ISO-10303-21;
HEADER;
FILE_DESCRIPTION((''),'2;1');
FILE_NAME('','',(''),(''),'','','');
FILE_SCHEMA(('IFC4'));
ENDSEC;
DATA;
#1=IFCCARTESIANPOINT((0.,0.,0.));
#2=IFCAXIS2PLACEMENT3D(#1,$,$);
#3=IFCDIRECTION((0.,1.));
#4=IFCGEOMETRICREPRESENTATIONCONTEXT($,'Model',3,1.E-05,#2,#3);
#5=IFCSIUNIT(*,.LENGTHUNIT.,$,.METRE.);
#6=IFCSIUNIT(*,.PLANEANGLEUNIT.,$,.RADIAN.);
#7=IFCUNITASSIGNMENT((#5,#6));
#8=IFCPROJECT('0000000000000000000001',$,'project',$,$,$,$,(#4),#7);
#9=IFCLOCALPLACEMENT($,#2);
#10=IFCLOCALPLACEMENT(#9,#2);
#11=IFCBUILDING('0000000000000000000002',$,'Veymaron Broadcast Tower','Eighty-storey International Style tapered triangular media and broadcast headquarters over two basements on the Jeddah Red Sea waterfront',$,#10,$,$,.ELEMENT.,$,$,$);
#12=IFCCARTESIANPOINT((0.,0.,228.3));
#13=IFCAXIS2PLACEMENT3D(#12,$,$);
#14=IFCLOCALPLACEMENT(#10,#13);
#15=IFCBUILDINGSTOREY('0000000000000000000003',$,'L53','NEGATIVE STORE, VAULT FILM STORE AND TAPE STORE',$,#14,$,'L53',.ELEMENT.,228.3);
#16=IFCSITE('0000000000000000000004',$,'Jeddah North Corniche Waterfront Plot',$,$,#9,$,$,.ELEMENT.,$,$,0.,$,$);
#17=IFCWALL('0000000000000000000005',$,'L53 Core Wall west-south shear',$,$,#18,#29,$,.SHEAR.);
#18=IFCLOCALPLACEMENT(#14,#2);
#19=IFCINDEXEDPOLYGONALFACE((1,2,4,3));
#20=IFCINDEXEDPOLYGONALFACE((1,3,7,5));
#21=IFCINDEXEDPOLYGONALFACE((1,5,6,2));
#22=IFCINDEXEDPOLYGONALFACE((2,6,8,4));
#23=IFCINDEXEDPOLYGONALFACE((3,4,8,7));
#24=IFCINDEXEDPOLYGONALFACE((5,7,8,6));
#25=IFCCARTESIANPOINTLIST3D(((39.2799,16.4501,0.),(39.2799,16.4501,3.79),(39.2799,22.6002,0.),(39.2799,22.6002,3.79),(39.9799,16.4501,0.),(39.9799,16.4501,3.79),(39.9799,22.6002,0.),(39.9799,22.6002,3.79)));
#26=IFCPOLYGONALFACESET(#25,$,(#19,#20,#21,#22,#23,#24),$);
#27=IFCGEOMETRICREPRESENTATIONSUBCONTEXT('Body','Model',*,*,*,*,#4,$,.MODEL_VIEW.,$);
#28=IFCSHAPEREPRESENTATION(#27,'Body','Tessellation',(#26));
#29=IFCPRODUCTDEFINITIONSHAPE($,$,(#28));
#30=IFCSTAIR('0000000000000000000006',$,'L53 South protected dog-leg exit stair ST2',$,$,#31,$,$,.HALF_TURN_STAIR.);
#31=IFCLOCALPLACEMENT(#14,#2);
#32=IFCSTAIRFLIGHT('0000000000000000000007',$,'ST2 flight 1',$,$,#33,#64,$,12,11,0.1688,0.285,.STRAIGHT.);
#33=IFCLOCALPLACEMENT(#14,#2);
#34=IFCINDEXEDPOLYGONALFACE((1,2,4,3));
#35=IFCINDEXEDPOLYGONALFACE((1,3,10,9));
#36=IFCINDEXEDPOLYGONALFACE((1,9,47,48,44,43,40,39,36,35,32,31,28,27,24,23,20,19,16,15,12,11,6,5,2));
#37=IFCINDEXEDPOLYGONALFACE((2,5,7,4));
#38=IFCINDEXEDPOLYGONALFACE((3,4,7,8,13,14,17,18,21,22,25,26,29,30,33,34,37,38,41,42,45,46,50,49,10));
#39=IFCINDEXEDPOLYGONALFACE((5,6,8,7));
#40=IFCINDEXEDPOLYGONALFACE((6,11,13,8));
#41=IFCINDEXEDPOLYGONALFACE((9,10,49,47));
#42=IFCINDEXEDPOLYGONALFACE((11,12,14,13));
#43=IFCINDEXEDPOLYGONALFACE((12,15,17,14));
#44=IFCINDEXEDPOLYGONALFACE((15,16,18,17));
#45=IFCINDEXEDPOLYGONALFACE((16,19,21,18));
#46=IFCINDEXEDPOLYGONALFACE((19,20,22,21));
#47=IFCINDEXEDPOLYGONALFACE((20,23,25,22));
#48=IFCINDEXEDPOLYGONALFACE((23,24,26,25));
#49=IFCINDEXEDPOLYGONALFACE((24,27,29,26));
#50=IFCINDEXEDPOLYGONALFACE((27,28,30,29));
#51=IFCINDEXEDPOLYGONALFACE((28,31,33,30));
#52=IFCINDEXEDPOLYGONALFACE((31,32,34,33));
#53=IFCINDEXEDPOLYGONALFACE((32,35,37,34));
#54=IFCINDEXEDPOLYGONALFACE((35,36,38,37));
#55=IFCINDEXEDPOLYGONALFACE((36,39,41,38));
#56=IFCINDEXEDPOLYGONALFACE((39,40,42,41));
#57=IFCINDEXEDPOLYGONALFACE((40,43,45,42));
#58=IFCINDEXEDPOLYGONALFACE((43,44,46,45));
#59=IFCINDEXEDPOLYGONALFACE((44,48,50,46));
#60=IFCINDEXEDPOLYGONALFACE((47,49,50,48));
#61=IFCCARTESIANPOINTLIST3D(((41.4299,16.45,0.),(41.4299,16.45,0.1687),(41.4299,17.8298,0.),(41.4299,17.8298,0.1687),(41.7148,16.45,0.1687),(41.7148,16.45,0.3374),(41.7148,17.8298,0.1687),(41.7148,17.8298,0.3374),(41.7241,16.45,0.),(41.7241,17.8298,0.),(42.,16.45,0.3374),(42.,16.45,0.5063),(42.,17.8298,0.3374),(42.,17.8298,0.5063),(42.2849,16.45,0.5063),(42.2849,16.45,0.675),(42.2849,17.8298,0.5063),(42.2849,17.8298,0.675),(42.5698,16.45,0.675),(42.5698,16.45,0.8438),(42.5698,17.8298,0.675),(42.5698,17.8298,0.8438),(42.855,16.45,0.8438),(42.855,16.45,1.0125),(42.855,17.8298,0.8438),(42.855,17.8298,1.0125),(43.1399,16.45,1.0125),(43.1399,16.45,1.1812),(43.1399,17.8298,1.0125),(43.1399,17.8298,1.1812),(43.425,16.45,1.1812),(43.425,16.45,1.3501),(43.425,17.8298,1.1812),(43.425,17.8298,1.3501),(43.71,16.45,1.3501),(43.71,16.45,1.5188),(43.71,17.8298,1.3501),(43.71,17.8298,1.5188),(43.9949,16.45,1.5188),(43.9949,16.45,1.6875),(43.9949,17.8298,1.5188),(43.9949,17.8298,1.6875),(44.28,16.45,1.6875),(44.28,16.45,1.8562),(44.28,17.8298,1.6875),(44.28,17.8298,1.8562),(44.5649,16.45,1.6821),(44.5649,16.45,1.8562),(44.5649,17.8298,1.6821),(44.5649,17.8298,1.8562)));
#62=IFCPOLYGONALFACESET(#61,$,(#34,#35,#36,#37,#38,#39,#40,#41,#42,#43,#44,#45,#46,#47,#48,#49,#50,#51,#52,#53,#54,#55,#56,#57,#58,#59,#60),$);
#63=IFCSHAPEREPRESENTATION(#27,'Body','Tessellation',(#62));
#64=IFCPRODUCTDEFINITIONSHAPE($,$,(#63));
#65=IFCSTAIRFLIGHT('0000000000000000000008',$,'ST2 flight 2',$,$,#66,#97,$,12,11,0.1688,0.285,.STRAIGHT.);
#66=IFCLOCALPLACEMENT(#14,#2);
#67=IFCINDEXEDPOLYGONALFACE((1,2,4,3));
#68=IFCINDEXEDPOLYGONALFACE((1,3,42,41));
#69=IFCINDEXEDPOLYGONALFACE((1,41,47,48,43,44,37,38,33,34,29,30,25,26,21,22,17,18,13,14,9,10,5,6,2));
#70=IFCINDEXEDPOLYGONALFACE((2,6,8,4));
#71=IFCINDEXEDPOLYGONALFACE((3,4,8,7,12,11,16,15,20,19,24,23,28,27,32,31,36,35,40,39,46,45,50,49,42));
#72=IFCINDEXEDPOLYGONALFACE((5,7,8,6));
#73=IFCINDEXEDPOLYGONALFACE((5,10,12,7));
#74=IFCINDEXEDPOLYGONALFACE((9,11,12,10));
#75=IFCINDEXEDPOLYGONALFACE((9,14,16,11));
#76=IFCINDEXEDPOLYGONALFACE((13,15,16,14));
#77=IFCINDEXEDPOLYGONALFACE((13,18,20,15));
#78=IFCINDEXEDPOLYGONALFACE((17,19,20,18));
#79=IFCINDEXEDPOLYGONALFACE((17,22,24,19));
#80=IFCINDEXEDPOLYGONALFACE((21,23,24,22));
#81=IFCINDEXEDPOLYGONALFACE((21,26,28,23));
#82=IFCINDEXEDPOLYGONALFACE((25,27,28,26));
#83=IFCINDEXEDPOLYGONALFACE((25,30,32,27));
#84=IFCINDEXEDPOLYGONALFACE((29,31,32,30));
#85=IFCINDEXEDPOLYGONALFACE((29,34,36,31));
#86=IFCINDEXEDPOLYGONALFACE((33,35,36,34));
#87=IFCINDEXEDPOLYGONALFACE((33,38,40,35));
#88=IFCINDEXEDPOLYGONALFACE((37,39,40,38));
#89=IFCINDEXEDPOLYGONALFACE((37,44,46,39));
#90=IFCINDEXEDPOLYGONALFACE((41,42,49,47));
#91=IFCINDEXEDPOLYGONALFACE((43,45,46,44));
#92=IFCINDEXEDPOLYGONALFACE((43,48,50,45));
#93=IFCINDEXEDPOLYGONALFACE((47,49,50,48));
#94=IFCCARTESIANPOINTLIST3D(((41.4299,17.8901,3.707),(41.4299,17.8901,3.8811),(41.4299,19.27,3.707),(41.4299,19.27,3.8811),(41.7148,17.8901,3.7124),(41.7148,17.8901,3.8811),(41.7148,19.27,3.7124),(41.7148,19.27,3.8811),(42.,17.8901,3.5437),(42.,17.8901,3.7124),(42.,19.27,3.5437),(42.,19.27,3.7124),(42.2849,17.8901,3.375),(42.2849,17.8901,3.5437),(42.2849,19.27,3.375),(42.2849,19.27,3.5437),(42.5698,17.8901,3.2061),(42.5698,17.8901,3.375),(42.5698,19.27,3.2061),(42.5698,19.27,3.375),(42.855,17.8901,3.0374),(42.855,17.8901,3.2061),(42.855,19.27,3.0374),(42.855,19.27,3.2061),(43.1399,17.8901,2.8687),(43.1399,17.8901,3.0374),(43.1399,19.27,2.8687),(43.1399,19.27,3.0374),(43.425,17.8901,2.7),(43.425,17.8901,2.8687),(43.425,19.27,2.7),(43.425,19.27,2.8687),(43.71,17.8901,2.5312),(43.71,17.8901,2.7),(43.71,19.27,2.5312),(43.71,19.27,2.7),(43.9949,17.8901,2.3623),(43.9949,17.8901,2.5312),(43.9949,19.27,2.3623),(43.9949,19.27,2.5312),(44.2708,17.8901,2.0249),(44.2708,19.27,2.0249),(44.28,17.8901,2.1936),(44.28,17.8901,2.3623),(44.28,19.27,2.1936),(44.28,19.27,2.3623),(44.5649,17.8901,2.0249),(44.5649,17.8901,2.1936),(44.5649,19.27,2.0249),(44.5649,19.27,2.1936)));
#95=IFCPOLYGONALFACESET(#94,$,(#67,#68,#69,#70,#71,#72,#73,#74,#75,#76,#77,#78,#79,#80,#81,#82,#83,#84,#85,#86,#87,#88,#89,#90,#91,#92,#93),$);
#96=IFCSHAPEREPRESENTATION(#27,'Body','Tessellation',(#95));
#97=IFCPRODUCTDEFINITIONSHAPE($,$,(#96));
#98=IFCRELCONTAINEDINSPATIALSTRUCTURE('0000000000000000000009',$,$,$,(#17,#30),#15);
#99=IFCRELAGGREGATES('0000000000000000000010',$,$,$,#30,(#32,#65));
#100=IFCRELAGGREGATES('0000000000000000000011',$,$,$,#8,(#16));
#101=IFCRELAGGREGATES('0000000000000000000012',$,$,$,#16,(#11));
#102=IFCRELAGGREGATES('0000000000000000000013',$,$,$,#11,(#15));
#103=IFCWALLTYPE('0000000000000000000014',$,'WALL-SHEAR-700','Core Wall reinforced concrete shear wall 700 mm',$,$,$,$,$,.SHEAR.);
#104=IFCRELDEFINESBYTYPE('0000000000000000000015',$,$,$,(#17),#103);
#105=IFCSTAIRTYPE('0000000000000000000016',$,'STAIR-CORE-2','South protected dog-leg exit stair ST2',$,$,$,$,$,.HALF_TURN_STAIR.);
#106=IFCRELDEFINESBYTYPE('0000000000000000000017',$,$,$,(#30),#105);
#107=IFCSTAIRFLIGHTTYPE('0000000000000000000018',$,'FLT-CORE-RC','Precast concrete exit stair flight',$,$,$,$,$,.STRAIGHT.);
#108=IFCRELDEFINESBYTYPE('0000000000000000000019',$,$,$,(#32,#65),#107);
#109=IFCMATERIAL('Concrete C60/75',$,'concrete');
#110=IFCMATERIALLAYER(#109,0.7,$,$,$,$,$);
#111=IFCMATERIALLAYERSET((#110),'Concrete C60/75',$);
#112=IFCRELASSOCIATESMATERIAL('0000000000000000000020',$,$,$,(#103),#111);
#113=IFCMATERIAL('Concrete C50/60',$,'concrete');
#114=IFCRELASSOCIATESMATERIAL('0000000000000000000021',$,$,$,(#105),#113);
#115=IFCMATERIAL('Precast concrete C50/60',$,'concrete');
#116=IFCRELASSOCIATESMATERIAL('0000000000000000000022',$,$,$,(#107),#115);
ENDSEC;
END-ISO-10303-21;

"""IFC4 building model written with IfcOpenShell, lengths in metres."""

from ifc_helpers import new_model, si_unit, direction, frame, frame_2d, origin, place, context, subcontext, project, spatial, polyline, rectangle, outline, extrude, material, layer, layer_set, type_object, element, aggregate, save


model = new_model("IFC4")

# Units and contexts
model_context = context("Model", 3, precision=1e-05, world=origin(), true_north=direction((0.0, 1.0)))
body_context = subcontext(model_context, "Body", "Model", "MODEL_VIEW")
ifc_project = project(units=[si_unit("LENGTHUNIT", "METRE"), si_unit("PLANEANGLEUNIT", "RADIAN")], contexts=[model_context])

# Site, building, storey
site_placement = place(None, origin())
site = spatial("IfcSite", under=ifc_project, at=site_placement, Name="Jeddah North Corniche Waterfront Plot", CompositionType="ELEMENT", RefElevation=0.0)
building_placement = place(site_placement, origin())
building = spatial("IfcBuilding", under=site, at=building_placement, Name="Veymaron Broadcast Tower", Description="Eighty-storey International Style tapered triangular media and broadcast headquarters over two basements on the Jeddah Red Sea waterfront", CompositionType="ELEMENT")
storey_placement = place(building_placement, frame((0.0, 0.0, 228.3)))
storey = spatial("IfcBuildingStorey", under=building, at=storey_placement, Name="L53", Description="NEGATIVE STORE, VAULT FILM STORE AND TAPE STORE", LongName="L53", CompositionType="ELEMENT", Elevation=228.3)

# Shared definitions
ifc_material_1 = material(Name="Concrete C50/60", Category="concrete")

# Wall
ifc_material_2 = material(Name="Concrete C60/75", Category="concrete")
ifc_layer_1 = layer(ifc_material_2, 0.7)
ifc_layer_set_1 = layer_set([ifc_layer_1], Name="Concrete C60/75")
wall_type_1 = type_object("IfcWallType", Name="WALL-SHEAR-700", Description="Core Wall reinforced concrete shear wall 700 mm", PredefinedType="SHEAR", material=ifc_layer_set_1)
wall_1_placement = place(storey_placement, frame((39.6299, 16.45, 0.0), z_axis=(0.0, 0.0, 1.0), x_axis=(0.0, 1.0, 0.0)))
element("IfcWall", 1, at=wall_1_placement, inside=storey, type_object=wall_type_1, Name="L53 Core Wall west-south shear", PredefinedType="SHEAR", context=body_context, shape_type="SweptSolid", body=[
    extrude(rectangle(XDim=6.1501, YDim=0.7, at=frame_2d((3.0752, 0.0))), origin(), (0.0, 0.0, 1.0), 3.79),
])

# Stair, stair flights
stair_type = type_object("IfcStairType", Name="STAIR-CORE-2", Description="South protected dog-leg exit stair ST2", PredefinedType="HALF_TURN_STAIR", material=ifc_material_1)
stair_placement = place(storey_placement, origin())
stair = element("IfcStair", 2, at=stair_placement, inside=storey, type_object=stair_type, Name="L53 South protected dog-leg exit stair ST2", PredefinedType="HALF_TURN_STAIR")
ifc_material_3 = material(Name="Precast concrete C50/60", Category="concrete")
stair_flight_type = type_object("IfcStairFlightType", Name="FLT-CORE-RC", Description="Precast concrete exit stair flight", PredefinedType="STRAIGHT", material=ifc_material_3)
stair_flight_1_placement = place(storey_placement, frame((41.4299, 17.1399, 0.0), z_axis=(0.0, 0.0, 1.0), x_axis=(1.0, 0.0, 0.0)))
stair_flight_1 = element("IfcStairFlight", 3, at=stair_flight_1_placement, type_object=stair_flight_type, Name="ST2 flight 1", NumberOfRisers=12, NumberOfTreads=11, PredefinedType="STRAIGHT", RiserHeight=0.1688, TreadLength=0.285, context=body_context, shape_type="SweptSolid", body=[
    extrude(outline(polyline([(0.0, 0.0), (0.0, 0.1687), (0.2849, 0.1687), (0.2849, 0.3374), (0.5701, 0.3374), (0.5701, 0.5063), (0.855, 0.5063), (0.855, 0.675), (1.1399, 0.675), (1.1399, 0.8438), (1.425, 0.8438), (1.425, 1.0125), (1.71, 1.0125), (1.71, 1.1812), (1.9951, 1.1812), (1.9951, 1.3501), (2.28, 1.3501), (2.28, 1.5188), (2.5649, 1.5188), (2.5649, 1.6875), (2.8501, 1.6875), (2.8501, 1.8562), (3.135, 1.8562), (3.135, 2.0249), (3.135, 1.6821), (0.2942, 0.0), (0.0, 0.0)])), frame((0.0, 0.6899, 0.0), z_axis=(0.0, -1.0, 0.0), x_axis=(1.0, 0.0, 0.0)), (0.0, 0.0, 1.0), 1.3799),
])
stair_flight_2_placement = place(storey_placement, frame((44.5649, 18.5801, 2.0249), z_axis=(0.0, 0.0, 1.0), x_axis=(-1.0, 0.0, 0.0)))
stair_flight_2 = element("IfcStairFlight", 4, at=stair_flight_2_placement, type_object=stair_flight_type, Name="ST2 flight 2", NumberOfRisers=12, NumberOfTreads=11, PredefinedType="STRAIGHT", RiserHeight=0.1688, TreadLength=0.285, context=body_context, shape_type="SweptSolid", body=[
    extrude(outline(polyline([(0.0, 0.0), (0.0, 0.1687), (0.2849, 0.1687), (0.2849, 0.3374), (0.5701, 0.3374), (0.5701, 0.5063), (0.855, 0.5063), (0.855, 0.675), (1.1399, 0.675), (1.1399, 0.8438), (1.425, 0.8438), (1.425, 1.0125), (1.71, 1.0125), (1.71, 1.1812), (1.9951, 1.1812), (1.9951, 1.3501), (2.28, 1.3501), (2.28, 1.5188), (2.5649, 1.5188), (2.5649, 1.6875), (2.8501, 1.6875), (2.8501, 1.8562), (3.135, 1.8562), (3.135, 2.0249), (3.135, 1.6821), (0.2942, 0.0), (0.0, 0.0)])), frame((0.0, 0.6899, 0.0), z_axis=(0.0, -1.0, 0.0), x_axis=(1.0, 0.0, 0.0)), (0.0, 0.0, 1.0), 1.3799),
])
aggregate(stair, [stair_flight_1, stair_flight_2])

save(model, "model.ifc")
